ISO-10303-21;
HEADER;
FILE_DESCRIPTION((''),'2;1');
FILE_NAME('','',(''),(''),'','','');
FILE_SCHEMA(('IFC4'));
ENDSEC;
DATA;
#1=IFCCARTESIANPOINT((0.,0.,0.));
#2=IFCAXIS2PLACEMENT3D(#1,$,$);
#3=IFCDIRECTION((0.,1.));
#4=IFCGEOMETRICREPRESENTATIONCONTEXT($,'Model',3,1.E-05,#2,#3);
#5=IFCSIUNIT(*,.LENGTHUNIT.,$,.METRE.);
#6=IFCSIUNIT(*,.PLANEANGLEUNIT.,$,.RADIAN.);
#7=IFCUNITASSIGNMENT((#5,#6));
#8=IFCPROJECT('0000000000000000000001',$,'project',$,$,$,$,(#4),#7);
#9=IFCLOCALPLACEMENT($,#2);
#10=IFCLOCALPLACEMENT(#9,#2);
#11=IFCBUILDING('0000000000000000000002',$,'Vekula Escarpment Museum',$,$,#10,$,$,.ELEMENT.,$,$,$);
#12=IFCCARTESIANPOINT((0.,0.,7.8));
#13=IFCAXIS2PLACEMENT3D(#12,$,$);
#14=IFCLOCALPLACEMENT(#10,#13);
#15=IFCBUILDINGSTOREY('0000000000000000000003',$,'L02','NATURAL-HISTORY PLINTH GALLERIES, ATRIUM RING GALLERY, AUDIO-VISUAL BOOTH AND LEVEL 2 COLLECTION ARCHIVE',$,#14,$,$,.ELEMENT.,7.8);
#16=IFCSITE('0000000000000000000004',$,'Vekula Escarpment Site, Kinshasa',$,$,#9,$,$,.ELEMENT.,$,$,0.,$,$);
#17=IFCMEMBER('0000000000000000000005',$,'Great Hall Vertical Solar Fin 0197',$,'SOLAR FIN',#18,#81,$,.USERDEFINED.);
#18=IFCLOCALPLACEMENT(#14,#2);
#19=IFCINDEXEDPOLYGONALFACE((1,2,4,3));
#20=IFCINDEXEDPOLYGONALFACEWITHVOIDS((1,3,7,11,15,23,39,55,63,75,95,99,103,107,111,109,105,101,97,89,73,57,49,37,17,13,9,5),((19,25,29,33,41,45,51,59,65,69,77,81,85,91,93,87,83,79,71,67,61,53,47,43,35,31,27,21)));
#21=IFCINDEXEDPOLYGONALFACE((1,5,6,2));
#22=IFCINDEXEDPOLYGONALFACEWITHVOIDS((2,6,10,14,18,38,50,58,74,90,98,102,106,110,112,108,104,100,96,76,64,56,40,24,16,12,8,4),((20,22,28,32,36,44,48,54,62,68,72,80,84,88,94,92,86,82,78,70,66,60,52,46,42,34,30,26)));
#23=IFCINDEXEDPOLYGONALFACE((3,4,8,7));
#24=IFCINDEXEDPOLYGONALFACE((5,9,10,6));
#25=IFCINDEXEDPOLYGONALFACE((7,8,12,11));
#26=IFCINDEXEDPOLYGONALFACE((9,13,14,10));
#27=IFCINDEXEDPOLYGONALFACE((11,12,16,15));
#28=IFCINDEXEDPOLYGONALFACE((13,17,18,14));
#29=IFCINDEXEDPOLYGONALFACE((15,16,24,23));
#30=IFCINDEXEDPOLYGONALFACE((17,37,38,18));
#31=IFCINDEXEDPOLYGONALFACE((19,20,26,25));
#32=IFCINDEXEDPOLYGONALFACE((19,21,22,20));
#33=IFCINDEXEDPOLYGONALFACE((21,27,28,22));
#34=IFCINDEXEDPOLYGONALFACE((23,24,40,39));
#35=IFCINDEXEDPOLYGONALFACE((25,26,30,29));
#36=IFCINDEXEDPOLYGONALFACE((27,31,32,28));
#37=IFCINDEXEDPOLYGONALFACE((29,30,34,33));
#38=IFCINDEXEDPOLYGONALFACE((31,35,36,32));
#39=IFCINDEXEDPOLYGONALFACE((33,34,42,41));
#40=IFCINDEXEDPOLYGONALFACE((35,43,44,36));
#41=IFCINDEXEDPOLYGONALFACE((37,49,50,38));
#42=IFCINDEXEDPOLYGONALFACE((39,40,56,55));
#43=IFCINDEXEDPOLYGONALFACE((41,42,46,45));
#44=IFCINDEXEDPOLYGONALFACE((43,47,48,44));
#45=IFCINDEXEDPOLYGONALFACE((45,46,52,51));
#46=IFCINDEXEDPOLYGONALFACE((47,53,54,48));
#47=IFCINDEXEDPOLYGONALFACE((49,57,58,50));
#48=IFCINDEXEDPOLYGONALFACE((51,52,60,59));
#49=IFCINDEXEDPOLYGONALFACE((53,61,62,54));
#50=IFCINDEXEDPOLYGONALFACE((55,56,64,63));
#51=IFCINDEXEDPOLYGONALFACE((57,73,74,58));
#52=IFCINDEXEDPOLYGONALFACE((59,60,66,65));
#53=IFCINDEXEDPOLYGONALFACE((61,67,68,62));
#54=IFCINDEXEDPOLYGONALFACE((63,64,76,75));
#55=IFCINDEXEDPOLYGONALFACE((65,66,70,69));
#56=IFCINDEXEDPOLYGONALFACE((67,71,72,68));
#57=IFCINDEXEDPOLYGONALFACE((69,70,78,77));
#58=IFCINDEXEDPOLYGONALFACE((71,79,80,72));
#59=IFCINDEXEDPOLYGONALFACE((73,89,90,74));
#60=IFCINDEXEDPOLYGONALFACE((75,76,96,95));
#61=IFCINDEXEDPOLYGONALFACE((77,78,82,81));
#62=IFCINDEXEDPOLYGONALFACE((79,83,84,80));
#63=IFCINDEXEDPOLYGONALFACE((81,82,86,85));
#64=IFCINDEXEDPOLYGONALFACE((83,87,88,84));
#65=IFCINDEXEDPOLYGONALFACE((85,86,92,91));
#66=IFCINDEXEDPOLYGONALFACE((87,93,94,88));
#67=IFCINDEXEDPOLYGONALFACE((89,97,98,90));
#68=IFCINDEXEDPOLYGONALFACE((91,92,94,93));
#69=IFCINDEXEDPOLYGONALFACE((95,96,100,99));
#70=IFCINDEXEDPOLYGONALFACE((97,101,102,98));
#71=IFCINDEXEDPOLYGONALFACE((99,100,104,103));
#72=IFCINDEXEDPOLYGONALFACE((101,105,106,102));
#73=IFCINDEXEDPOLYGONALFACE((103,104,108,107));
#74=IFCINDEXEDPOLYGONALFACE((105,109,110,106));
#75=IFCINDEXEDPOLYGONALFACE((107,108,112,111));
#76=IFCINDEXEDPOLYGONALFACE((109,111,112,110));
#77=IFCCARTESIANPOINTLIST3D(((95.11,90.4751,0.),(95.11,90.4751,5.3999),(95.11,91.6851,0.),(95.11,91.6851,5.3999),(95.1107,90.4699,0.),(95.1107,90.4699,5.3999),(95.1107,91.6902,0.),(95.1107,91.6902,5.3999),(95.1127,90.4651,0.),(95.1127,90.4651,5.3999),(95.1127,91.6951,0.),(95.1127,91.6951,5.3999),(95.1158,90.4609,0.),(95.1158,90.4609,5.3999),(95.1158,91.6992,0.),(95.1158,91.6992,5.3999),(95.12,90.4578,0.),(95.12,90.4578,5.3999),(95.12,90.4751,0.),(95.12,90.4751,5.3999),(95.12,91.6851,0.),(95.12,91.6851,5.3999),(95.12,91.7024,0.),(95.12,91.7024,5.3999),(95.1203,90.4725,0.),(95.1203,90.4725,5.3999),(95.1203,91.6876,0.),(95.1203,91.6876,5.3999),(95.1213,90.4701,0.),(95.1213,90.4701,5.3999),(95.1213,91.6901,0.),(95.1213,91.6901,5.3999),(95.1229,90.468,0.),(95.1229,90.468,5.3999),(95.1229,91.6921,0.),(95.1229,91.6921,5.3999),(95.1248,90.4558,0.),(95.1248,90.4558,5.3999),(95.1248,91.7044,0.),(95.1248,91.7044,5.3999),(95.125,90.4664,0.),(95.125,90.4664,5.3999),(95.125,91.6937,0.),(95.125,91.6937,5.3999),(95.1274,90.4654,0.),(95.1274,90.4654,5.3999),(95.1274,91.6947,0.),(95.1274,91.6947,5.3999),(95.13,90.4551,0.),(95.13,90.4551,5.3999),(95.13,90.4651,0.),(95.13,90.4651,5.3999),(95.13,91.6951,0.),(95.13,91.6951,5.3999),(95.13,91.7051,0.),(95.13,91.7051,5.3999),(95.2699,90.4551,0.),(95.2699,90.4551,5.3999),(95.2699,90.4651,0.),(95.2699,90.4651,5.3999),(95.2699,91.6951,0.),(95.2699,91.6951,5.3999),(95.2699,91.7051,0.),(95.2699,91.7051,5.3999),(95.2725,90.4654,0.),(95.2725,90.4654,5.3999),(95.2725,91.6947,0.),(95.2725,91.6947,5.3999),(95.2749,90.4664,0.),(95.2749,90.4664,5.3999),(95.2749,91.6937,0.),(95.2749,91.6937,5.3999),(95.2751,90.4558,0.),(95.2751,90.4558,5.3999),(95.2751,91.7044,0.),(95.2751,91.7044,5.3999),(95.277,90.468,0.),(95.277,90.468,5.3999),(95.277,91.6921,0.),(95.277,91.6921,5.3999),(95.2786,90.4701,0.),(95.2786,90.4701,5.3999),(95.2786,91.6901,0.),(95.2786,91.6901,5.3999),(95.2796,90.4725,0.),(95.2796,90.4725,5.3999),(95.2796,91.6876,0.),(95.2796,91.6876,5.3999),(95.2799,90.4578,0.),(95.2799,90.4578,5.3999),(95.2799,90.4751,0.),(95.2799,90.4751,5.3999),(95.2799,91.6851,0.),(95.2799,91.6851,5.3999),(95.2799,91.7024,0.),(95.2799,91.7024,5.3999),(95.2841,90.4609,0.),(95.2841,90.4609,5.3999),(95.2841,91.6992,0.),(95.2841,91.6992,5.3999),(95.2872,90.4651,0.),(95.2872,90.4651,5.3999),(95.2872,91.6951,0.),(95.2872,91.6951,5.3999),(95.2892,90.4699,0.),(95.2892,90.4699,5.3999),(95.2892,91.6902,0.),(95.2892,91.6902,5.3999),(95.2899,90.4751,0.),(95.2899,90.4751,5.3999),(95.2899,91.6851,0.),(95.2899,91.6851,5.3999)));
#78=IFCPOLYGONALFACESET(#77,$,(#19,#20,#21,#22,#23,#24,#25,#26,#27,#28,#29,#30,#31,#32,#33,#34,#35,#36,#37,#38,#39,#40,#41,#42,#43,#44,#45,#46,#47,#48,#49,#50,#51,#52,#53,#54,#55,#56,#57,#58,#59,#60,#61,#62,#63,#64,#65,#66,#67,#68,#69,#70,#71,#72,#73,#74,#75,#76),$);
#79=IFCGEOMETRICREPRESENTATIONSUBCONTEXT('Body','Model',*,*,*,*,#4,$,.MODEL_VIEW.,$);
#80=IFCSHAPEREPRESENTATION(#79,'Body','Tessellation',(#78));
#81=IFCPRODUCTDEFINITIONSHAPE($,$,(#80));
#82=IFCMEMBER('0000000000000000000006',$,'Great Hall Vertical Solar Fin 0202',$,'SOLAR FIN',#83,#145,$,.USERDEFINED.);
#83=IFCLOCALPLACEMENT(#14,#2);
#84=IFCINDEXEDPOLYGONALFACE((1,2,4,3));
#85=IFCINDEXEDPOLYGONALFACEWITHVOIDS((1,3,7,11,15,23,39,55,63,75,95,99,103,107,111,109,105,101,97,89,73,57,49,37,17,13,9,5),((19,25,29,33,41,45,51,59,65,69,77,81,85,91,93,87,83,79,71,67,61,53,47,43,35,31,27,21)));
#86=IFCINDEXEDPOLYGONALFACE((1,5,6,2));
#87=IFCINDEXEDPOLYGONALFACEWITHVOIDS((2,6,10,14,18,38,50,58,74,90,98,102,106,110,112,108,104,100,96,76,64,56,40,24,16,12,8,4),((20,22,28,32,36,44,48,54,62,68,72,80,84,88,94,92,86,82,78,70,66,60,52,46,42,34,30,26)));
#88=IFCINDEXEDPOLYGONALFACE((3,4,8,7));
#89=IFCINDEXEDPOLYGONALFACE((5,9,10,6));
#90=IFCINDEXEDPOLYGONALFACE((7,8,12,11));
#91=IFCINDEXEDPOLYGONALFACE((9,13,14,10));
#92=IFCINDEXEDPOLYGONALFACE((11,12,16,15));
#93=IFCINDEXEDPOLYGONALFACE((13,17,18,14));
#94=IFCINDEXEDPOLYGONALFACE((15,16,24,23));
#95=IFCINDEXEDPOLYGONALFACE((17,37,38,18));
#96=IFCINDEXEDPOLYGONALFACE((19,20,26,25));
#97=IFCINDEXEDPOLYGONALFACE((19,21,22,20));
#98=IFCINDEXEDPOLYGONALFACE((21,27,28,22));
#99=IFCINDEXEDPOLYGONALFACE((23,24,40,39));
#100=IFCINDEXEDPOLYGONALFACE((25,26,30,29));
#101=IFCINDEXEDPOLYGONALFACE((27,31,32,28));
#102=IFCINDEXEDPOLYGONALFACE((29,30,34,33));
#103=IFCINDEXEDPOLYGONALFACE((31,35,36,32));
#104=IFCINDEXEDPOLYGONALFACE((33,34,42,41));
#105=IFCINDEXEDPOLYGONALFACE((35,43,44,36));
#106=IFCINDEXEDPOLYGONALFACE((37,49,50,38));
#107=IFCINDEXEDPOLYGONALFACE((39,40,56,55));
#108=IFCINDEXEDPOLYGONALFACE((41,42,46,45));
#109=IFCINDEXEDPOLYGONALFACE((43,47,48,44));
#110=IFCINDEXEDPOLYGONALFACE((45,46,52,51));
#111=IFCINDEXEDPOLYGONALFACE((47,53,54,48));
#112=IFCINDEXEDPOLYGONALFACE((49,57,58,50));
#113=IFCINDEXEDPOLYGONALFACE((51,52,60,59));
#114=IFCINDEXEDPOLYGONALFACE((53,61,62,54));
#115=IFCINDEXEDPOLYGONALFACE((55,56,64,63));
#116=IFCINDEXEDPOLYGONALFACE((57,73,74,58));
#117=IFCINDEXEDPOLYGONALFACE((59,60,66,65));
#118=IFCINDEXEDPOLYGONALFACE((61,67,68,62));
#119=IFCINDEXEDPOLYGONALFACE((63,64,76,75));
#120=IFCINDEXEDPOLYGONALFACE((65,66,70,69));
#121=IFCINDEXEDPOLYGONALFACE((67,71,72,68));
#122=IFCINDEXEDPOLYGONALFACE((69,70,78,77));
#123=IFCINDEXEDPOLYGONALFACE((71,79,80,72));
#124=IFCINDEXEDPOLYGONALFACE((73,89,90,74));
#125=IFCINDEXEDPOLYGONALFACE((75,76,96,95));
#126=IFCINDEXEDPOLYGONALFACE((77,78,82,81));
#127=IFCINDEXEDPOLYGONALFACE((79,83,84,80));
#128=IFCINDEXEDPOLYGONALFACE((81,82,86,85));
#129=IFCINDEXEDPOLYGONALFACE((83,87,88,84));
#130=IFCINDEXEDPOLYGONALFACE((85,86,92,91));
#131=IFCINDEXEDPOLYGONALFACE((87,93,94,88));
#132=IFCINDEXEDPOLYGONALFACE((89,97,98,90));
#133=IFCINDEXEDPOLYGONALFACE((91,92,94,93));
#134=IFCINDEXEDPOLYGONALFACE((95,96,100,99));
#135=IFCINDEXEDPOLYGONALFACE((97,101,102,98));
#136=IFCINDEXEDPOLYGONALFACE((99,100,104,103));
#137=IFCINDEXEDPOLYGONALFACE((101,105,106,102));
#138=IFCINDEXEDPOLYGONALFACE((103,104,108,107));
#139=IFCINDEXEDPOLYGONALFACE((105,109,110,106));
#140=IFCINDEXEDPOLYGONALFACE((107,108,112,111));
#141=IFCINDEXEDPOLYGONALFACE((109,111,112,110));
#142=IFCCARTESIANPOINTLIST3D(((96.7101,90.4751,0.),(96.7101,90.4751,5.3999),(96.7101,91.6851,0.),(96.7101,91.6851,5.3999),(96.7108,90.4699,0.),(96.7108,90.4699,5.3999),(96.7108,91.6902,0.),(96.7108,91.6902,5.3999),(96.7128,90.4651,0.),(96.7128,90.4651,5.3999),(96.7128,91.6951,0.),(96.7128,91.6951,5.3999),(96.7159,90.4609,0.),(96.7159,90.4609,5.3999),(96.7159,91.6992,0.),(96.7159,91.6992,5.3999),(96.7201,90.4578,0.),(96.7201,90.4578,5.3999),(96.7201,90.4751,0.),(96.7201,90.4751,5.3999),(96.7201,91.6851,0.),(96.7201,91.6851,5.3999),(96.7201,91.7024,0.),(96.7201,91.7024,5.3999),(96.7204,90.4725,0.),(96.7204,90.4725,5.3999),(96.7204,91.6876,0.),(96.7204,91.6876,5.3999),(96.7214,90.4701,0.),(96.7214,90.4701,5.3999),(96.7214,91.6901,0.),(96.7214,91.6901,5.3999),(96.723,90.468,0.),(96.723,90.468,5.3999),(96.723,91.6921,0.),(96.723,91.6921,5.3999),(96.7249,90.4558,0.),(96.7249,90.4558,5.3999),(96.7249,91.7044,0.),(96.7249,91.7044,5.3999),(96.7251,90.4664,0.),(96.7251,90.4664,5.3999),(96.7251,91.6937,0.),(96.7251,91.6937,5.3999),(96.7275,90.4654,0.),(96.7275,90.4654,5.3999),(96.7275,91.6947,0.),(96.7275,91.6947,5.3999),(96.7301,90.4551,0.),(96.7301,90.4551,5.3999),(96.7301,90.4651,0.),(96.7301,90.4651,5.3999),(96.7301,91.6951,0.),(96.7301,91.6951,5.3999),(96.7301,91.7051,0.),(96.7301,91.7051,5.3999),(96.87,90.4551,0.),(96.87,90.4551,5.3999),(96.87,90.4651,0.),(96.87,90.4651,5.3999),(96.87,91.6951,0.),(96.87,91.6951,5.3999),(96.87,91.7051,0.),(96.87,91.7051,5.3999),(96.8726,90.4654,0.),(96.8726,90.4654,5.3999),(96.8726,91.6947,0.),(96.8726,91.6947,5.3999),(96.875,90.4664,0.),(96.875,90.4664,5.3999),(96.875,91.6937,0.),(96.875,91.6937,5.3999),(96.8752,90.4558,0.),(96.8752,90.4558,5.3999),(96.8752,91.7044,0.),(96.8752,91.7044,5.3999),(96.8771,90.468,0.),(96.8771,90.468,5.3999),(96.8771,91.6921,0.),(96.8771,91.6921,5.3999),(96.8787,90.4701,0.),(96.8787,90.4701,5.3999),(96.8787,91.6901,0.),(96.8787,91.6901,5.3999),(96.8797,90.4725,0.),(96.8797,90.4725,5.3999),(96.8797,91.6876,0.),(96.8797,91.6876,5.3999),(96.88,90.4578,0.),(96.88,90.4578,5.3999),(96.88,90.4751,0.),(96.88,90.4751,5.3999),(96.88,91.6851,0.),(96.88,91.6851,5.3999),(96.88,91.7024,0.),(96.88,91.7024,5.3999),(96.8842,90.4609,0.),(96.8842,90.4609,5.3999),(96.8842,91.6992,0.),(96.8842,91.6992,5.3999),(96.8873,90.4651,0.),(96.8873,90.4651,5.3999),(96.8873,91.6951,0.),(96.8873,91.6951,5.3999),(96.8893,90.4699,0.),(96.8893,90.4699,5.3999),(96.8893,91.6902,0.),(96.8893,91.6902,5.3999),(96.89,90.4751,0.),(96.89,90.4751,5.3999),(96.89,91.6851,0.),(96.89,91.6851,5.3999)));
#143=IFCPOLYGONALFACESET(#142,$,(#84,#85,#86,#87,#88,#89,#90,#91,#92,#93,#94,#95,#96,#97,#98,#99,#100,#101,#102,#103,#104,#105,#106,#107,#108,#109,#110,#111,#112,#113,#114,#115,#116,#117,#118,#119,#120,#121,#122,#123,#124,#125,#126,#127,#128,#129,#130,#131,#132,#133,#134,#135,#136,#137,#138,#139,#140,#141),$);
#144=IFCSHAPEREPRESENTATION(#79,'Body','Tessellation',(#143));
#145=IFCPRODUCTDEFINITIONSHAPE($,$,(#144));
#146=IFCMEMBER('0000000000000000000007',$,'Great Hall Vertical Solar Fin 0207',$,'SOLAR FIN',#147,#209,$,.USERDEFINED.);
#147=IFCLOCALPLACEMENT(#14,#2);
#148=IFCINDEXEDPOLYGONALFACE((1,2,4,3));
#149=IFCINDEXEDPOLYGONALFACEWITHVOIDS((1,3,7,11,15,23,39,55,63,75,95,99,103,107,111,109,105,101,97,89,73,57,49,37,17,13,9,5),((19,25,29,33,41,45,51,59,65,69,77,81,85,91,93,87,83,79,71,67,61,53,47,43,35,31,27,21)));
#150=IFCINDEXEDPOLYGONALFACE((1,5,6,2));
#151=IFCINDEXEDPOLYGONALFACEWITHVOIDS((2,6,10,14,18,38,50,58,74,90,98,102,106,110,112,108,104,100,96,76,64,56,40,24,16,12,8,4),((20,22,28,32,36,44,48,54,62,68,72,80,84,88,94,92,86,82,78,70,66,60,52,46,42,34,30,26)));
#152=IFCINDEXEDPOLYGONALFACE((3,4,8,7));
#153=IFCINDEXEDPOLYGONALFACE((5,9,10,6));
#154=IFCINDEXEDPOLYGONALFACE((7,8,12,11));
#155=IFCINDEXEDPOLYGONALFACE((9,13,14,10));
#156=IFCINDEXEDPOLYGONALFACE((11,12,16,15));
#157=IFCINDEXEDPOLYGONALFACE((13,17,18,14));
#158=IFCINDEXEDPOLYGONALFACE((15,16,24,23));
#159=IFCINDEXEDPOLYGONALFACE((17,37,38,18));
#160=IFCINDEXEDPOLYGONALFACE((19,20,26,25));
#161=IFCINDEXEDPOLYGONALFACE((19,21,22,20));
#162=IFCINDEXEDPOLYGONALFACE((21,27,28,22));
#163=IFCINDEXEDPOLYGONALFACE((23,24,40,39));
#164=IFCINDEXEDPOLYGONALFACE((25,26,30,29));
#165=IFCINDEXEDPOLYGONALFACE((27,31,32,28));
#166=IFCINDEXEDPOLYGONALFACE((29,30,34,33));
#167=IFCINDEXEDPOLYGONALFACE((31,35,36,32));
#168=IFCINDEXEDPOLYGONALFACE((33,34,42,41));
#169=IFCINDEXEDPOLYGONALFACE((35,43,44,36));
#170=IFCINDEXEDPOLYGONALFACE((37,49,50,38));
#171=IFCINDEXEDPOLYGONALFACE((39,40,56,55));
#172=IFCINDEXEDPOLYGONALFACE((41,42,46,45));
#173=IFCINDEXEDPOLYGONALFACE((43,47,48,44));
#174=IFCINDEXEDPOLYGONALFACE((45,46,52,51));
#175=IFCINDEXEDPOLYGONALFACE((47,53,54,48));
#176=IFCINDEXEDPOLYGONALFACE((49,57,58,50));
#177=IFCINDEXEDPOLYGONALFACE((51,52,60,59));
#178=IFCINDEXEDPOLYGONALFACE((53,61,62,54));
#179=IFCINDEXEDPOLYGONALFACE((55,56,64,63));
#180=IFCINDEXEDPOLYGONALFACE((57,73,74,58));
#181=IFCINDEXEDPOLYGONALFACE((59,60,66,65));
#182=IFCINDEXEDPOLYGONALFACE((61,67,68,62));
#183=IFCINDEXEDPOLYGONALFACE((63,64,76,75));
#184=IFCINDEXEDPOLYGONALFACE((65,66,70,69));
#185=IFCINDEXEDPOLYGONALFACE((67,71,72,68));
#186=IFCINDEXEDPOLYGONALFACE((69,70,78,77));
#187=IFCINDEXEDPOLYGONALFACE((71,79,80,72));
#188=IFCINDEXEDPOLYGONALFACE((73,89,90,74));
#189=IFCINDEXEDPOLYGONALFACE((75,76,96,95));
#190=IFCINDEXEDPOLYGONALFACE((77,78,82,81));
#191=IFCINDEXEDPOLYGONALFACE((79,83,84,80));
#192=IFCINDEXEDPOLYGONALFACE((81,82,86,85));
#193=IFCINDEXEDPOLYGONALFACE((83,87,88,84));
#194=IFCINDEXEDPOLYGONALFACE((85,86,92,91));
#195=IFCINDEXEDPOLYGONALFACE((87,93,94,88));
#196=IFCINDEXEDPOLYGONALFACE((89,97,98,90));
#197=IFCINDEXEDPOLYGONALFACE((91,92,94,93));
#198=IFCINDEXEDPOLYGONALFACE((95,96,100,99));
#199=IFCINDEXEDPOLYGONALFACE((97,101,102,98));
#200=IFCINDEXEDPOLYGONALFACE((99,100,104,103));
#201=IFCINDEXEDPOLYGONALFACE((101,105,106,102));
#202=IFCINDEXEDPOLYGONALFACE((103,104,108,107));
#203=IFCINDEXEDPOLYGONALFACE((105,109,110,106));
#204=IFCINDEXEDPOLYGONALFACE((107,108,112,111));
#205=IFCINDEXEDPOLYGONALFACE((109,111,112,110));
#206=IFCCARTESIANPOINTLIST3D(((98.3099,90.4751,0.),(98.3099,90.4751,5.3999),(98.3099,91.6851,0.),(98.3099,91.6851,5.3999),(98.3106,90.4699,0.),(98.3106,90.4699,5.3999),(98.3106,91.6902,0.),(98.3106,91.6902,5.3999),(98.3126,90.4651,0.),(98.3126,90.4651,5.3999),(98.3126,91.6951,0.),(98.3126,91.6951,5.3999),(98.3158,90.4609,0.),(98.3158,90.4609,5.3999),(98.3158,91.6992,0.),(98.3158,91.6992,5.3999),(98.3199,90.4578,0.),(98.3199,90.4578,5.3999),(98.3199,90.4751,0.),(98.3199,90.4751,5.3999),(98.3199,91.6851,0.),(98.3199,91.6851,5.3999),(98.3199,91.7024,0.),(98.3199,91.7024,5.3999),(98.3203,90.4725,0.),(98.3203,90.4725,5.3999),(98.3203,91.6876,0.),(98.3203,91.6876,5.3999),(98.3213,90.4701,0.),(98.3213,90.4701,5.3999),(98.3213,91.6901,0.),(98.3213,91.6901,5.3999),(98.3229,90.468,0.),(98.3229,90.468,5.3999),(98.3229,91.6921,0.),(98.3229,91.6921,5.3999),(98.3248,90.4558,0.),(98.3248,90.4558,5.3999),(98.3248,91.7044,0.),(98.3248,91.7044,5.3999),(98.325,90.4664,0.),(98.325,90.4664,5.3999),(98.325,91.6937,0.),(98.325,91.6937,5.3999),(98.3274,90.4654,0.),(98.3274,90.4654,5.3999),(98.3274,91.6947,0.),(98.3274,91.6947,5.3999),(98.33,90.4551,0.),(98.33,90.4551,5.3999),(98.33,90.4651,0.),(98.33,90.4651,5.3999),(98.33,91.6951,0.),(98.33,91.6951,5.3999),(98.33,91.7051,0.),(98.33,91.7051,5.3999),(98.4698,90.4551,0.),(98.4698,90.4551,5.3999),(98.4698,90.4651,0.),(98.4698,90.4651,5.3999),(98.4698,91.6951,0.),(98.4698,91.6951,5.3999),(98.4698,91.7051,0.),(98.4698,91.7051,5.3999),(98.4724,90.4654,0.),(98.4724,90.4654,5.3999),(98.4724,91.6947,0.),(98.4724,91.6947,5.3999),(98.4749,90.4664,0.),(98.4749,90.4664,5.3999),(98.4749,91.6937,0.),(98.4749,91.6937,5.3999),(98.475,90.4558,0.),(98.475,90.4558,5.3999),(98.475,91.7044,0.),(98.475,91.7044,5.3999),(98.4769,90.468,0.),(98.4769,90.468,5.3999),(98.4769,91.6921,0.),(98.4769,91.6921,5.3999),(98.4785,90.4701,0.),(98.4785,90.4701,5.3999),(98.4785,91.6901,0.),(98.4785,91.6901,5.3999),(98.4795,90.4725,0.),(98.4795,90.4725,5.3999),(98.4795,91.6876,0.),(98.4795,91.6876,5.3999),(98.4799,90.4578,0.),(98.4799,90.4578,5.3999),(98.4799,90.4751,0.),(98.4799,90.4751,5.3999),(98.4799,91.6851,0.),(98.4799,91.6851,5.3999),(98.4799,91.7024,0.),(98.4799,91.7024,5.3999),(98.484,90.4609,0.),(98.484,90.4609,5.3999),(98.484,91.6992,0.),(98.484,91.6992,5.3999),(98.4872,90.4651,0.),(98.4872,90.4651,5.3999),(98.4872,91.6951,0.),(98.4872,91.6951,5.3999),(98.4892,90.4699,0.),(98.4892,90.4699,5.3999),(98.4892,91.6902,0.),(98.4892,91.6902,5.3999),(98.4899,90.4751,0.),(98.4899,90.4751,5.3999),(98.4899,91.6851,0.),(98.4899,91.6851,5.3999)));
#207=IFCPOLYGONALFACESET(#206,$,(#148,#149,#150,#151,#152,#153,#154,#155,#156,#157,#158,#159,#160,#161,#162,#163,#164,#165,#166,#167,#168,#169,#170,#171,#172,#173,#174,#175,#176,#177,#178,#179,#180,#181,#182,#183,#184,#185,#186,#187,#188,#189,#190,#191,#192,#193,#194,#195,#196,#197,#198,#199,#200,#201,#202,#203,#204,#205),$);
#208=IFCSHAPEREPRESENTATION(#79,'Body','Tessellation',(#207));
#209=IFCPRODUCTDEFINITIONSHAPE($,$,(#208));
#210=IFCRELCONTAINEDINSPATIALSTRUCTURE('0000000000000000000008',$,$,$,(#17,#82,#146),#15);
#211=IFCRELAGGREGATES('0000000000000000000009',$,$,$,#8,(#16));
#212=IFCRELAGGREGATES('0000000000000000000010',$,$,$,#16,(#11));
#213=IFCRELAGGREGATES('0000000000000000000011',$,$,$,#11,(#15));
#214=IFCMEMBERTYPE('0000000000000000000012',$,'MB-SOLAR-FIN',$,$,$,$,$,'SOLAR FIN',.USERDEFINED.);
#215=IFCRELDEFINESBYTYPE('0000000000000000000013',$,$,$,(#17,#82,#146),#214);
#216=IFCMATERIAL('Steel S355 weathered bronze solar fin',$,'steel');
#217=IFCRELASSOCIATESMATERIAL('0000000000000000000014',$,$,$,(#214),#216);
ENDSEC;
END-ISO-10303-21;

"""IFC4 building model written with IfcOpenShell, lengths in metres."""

from ifc_helpers import new_model, si_unit, direction, frame, origin, origin_2d, place, context, subcontext, project, spatial, hollow_rectangle, extrude, material, material_profile, profile_set, type_object, element, save


model = new_model("IFC4")

# Units and contexts
model_context = context("Model", 3, precision=1e-05, world=origin(), true_north=direction((0.0, 1.0)))
body_context = subcontext(model_context, "Body", "Model", "MODEL_VIEW")
ifc_project = project(units=[si_unit("LENGTHUNIT", "METRE"), si_unit("PLANEANGLEUNIT", "RADIAN")], contexts=[model_context])

# Site, building, storey
site_placement = place(None, origin())
site = spatial("IfcSite", under=ifc_project, at=site_placement, Name="Vekula Escarpment Site, Kinshasa", CompositionType="ELEMENT", RefElevation=0.0)
building_placement = place(site_placement, origin())
building = spatial("IfcBuilding", under=site, at=building_placement, Name="Vekula Escarpment Museum", CompositionType="ELEMENT")
storey_placement = place(building_placement, frame((0.0, 0.0, 7.8)))
storey = spatial("IfcBuildingStorey", under=building, at=storey_placement, Name="L02", Description="NATURAL-HISTORY PLINTH GALLERIES, ATRIUM RING GALLERY, AUDIO-VISUAL BOOTH AND LEVEL 2 COLLECTION ARCHIVE", CompositionType="ELEMENT", Elevation=7.8)

# Members
ifc_material_1 = material(Name="Steel S355 weathered bronze solar fin", Category="steel")
ifc_material_profile_1 = material_profile(ifc_material_1, hollow_rectangle(XDim=0.1799, YDim=1.25, WallThickness=0.01, InnerFilletRadius=0.01, OuterFilletRadius=0.02, at=origin_2d()), Name="RHS 1250x180x10")
ifc_profile_set_1 = profile_set([ifc_material_profile_1], Name="Steel S355 weathered bronze solar fin")
member_type_1 = type_object("IfcMemberType", Name="MB-SOLAR-FIN", ElementType="SOLAR FIN", PredefinedType="USERDEFINED", material=ifc_profile_set_1)
for number, where, z_axis, x_axis, name in (
    (1, (95.2, 91.0801, 0.0), (0.0, 0.0, 1.0), (1.0, 0.0, 0.0), "Great Hall Vertical Solar Fin 0197"),
    (2, (96.8, 91.0801, 0.0), (0.0, 0.0, 1.0), (1.0, 0.0, 0.0), "Great Hall Vertical Solar Fin 0202"),
    (3, (98.3999, 91.0801, 0.0), (0.0, 0.0, 1.0), (1.0, 0.0, 0.0), "Great Hall Vertical Solar Fin 0207"),
):
    element("IfcMember", number, at=place(storey_placement, frame(where, z_axis=z_axis, x_axis=x_axis)), inside=storey, type_object=member_type_1, Name=name, ObjectType="SOLAR FIN", PredefinedType="USERDEFINED", context=body_context, shape_type="SweptSolid", body=[
        extrude(hollow_rectangle(XDim=0.1799, YDim=1.25, WallThickness=0.01, InnerFilletRadius=0.01, OuterFilletRadius=0.02, at=origin_2d()), origin(), (0.0, 0.0, 1.0), 5.3999),
    ])

save(model, "model.ifc")
